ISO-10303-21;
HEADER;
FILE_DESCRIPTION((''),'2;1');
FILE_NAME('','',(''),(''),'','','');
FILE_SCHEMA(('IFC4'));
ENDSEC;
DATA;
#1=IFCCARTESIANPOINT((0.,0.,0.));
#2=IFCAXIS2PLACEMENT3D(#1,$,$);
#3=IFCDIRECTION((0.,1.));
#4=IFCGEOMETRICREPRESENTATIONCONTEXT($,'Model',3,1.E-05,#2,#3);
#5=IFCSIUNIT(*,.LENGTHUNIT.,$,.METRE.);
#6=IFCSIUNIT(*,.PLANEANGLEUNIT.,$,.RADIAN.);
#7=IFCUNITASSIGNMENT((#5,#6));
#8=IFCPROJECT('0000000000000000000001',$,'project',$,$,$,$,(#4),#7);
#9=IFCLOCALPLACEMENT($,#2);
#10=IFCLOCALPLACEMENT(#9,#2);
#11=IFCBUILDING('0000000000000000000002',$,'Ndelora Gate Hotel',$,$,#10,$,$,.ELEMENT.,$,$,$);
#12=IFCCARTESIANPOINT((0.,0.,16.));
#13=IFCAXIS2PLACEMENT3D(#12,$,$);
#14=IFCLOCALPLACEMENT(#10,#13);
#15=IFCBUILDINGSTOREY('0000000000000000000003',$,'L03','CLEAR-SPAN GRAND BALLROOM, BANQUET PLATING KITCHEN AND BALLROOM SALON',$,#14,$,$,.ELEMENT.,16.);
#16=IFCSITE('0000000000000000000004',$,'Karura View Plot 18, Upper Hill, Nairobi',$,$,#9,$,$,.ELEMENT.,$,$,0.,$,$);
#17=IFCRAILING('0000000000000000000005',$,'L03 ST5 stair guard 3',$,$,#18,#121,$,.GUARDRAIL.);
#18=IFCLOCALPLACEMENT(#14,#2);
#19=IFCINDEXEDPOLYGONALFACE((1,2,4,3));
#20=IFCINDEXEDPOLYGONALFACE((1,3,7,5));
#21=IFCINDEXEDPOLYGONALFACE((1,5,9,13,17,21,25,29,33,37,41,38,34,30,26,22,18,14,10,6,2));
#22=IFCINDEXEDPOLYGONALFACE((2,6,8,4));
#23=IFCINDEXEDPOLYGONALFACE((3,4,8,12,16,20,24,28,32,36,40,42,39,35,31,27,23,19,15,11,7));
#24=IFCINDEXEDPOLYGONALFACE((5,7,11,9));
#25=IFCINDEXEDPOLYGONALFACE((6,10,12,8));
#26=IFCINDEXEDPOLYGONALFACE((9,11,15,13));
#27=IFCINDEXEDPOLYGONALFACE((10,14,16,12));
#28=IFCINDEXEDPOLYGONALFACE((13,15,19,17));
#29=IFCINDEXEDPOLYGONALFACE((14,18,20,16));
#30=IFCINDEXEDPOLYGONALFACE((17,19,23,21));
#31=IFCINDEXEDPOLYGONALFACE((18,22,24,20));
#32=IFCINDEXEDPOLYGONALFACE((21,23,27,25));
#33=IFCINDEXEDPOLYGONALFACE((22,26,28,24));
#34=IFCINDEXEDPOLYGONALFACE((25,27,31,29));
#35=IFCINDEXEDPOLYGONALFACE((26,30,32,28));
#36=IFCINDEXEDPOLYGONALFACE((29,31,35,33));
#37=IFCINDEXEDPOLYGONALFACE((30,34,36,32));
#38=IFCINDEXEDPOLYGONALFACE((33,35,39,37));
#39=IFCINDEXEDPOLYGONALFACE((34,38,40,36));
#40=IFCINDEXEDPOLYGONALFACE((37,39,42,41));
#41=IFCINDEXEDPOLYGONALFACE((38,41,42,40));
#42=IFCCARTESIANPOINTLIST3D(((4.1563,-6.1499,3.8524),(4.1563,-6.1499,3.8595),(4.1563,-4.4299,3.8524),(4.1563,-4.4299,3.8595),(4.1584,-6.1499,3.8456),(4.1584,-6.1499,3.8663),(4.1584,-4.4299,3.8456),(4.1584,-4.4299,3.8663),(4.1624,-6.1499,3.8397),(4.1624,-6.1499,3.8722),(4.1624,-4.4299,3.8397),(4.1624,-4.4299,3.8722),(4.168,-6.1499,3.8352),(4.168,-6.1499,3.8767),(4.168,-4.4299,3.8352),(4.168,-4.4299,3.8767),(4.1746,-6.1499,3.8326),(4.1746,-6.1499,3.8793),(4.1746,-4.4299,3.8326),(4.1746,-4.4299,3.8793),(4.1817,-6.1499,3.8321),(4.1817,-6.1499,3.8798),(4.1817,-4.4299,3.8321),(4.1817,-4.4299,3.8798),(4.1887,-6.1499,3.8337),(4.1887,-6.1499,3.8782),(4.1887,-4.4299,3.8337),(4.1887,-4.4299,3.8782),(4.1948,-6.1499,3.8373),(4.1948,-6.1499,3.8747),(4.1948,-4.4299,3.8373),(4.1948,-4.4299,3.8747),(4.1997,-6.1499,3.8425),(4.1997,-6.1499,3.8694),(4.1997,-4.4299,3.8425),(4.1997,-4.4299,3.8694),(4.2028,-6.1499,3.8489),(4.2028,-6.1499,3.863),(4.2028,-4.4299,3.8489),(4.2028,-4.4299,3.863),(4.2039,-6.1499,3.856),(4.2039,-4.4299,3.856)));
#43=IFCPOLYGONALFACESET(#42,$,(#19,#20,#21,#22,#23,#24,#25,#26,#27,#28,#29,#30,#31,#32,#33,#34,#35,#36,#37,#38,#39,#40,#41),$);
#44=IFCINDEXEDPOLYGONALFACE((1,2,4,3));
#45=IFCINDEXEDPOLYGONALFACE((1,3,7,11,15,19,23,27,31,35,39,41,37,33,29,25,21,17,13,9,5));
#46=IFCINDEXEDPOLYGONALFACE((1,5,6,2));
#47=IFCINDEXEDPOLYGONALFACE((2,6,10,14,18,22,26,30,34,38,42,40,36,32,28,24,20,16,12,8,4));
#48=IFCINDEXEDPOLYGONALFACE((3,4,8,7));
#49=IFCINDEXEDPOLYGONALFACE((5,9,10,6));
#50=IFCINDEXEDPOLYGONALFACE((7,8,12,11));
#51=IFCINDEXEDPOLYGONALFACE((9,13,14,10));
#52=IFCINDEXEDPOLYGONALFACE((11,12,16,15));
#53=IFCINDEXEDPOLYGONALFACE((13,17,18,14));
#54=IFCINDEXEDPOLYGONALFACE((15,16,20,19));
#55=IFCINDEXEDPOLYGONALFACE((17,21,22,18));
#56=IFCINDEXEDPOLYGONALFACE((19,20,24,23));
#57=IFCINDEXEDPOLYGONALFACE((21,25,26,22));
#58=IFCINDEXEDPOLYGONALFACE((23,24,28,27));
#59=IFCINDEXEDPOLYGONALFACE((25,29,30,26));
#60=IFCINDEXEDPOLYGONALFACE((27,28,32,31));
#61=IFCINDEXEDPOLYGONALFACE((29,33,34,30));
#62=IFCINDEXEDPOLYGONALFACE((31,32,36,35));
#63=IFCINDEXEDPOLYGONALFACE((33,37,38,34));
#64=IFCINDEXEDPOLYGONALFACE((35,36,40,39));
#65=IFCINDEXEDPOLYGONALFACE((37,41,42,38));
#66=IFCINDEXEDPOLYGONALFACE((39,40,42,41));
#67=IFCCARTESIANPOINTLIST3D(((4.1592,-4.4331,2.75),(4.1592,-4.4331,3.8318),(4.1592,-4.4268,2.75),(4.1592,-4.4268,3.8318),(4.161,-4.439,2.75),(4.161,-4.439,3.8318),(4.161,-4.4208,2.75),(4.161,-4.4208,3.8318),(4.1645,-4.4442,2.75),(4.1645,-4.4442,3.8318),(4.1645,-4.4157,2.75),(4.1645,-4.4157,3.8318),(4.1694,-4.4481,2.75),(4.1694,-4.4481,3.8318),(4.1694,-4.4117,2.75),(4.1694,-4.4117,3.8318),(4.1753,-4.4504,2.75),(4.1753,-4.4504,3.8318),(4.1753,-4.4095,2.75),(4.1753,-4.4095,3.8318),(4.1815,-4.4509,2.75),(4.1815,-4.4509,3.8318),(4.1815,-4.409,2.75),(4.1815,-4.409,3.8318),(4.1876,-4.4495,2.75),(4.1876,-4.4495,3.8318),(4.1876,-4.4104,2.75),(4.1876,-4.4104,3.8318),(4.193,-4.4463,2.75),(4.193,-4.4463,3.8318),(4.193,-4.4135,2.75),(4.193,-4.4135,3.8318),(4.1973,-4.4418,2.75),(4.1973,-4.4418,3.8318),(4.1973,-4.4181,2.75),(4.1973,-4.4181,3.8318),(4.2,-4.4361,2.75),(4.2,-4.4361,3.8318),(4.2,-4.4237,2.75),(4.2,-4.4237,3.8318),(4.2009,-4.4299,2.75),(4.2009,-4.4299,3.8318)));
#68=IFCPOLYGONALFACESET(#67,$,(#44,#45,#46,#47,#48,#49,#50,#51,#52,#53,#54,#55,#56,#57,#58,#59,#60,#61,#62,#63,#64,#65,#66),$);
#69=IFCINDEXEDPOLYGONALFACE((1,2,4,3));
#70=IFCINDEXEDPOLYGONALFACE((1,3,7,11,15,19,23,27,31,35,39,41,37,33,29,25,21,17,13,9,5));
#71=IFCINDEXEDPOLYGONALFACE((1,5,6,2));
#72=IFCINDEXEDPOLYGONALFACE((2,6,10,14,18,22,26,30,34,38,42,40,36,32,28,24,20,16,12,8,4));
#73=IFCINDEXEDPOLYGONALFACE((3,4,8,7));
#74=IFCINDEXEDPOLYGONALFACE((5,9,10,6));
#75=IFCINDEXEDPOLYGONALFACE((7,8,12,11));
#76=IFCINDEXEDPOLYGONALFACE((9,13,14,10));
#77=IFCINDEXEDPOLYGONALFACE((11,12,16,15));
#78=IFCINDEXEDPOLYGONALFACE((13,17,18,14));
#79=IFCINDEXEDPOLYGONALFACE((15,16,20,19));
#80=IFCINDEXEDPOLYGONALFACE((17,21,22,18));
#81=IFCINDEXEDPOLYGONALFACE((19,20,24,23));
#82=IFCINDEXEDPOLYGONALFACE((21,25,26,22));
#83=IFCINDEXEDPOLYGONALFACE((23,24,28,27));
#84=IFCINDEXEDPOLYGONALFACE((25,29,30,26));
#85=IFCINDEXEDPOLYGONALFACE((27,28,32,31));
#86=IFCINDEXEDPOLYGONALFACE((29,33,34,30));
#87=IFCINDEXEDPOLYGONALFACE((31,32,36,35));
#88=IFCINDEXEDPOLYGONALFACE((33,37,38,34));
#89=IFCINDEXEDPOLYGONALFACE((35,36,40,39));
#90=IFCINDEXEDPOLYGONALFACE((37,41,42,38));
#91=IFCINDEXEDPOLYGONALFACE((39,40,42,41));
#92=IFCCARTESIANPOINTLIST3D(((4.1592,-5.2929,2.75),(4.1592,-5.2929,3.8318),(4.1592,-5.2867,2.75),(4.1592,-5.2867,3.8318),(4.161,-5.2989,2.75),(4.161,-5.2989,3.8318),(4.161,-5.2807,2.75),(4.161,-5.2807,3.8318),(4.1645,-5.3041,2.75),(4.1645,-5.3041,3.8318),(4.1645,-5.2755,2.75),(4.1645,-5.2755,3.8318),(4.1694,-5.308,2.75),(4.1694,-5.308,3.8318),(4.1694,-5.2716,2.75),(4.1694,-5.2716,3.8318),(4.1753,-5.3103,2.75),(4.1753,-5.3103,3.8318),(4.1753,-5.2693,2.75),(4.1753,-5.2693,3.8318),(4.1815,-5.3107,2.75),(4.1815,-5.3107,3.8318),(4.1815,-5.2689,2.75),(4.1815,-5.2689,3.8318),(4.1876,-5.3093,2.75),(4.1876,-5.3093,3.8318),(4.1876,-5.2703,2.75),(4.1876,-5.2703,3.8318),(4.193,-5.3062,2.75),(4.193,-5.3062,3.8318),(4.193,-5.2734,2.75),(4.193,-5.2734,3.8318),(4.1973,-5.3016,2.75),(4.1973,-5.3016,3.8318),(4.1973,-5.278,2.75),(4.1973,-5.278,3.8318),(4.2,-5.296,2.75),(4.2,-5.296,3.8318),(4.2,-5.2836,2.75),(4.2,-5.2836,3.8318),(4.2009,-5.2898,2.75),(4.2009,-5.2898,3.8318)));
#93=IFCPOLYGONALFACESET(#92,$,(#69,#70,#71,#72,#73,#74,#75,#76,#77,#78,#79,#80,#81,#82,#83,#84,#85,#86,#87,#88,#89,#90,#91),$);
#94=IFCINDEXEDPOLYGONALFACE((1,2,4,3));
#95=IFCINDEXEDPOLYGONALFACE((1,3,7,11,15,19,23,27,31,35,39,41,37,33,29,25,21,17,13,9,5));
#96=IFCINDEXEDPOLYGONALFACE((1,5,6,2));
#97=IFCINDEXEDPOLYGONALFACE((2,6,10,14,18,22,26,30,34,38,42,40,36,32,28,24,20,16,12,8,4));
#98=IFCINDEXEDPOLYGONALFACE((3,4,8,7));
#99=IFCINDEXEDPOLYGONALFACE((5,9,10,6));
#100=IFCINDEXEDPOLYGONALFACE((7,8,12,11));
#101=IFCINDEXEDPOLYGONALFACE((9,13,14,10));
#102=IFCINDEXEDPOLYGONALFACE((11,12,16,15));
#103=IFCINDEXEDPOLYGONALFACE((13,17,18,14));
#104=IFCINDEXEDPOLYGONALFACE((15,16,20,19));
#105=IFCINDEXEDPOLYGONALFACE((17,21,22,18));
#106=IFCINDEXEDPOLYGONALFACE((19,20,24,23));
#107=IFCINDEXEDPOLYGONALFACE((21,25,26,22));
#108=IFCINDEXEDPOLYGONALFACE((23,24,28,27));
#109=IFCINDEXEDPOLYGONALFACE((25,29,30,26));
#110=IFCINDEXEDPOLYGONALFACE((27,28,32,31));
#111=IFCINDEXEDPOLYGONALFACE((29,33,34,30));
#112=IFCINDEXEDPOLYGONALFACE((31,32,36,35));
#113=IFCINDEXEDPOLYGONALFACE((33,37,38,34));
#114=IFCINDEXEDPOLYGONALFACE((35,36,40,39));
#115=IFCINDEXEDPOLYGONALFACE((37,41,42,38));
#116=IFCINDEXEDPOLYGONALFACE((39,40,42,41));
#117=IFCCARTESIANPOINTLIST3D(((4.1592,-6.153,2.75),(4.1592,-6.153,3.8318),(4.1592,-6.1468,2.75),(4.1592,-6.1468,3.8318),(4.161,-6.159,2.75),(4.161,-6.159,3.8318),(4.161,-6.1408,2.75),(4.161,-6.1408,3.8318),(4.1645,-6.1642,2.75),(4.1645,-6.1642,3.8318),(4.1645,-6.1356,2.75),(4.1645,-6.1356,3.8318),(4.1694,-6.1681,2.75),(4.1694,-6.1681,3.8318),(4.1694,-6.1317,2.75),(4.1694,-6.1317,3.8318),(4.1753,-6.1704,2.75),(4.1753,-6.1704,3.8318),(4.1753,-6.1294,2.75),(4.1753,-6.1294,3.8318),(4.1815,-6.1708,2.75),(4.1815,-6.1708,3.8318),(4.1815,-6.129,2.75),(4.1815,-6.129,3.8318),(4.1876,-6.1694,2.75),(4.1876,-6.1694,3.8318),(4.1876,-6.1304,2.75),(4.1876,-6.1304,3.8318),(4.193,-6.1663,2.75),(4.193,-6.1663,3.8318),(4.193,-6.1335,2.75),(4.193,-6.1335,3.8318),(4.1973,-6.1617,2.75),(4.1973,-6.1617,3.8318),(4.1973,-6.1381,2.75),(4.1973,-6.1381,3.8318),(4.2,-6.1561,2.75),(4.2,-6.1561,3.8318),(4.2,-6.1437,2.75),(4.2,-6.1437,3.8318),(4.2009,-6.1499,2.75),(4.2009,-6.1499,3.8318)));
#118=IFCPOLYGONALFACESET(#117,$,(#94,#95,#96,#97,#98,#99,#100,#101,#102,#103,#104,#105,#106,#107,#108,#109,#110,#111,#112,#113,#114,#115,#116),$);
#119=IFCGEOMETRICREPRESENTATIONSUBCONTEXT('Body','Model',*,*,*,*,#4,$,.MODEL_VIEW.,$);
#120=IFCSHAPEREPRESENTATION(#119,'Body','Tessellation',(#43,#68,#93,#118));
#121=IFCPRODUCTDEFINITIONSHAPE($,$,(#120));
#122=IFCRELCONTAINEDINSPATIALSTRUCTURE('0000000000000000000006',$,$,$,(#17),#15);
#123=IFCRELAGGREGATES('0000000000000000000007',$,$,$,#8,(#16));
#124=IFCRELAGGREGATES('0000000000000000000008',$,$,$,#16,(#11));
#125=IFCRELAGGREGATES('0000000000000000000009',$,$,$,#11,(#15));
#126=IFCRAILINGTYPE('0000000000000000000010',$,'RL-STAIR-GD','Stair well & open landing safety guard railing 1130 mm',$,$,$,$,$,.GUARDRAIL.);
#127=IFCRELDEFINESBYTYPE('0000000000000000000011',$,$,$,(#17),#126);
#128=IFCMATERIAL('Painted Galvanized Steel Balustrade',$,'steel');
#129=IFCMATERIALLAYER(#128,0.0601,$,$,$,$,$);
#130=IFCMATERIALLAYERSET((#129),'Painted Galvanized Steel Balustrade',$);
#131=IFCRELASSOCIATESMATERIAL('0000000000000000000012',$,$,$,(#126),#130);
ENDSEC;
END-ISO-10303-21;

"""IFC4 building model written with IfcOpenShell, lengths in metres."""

from ifc_helpers import new_model, si_unit, direction, frame, origin, origin_2d, place, context, subcontext, project, spatial, circle, extrude, material, layer, layer_set, type_object, element, save


model = new_model("IFC4")

# Units and contexts
model_context = context("Model", 3, precision=1e-05, world=origin(), true_north=direction((0.0, 1.0)))
body_context = subcontext(model_context, "Body", "Model", "MODEL_VIEW")
ifc_project = project(units=[si_unit("LENGTHUNIT", "METRE"), si_unit("PLANEANGLEUNIT", "RADIAN")], contexts=[model_context])

# Site, building, storey
site_placement = place(None, origin())
site = spatial("IfcSite", under=ifc_project, at=site_placement, Name="Karura View Plot 18, Upper Hill, Nairobi", CompositionType="ELEMENT", RefElevation=0.0)
building_placement = place(site_placement, origin())
building = spatial("IfcBuilding", under=site, at=building_placement, Name="Ndelora Gate Hotel", CompositionType="ELEMENT")
storey_placement = place(building_placement, frame((0.0, 0.0, 16.0)))
storey = spatial("IfcBuildingStorey", under=building, at=storey_placement, Name="L03", Description="CLEAR-SPAN GRAND BALLROOM, BANQUET PLATING KITCHEN AND BALLROOM SALON", CompositionType="ELEMENT", Elevation=16.0)

# Railing
ifc_material_1 = material(Name="Painted Galvanized Steel Balustrade", Category="steel")
ifc_layer_1 = layer(ifc_material_1, 0.0601)
ifc_layer_set_1 = layer_set([ifc_layer_1], Name="Painted Galvanized Steel Balustrade")
railing_type_1 = type_object("IfcRailingType", Name="RL-STAIR-GD", Description="Stair well & open landing safety guard railing 1130 mm", PredefinedType="GUARDRAIL", material=ifc_layer_set_1)
for number, where, name in (
    (1, (4.1799, -4.4299, 2.75), "L03 ST5 stair guard 3"),
):
    element("IfcRailing", number, at=place(storey_placement, frame(where)), inside=storey, type_object=railing_type_1, Name=name, PredefinedType="GUARDRAIL", context=body_context, shape_type="SweptSolid", body=[
        extrude(circle(Radius=0.0239, at=origin_2d()), frame((0.0, 0.0, 1.106), z_axis=(0.0, -1.0, 0.0), x_axis=(1.0, 0.0, 0.0)), (0.0, 0.0, 1.0), 1.72),
        extrude(circle(Radius=0.021, at=origin_2d()), origin(), (0.0, 0.0, 1.0), 1.0818),
        extrude(circle(Radius=0.021, at=origin_2d()), frame((0.0, -0.8599, 0.0)), (0.0, 0.0, 1.0), 1.0818),
        extrude(circle(Radius=0.021, at=origin_2d()), frame((0.0, -1.72, 0.0)), (0.0, 0.0, 1.0), 1.0818),
    ])

save(model, "model.ifc")
